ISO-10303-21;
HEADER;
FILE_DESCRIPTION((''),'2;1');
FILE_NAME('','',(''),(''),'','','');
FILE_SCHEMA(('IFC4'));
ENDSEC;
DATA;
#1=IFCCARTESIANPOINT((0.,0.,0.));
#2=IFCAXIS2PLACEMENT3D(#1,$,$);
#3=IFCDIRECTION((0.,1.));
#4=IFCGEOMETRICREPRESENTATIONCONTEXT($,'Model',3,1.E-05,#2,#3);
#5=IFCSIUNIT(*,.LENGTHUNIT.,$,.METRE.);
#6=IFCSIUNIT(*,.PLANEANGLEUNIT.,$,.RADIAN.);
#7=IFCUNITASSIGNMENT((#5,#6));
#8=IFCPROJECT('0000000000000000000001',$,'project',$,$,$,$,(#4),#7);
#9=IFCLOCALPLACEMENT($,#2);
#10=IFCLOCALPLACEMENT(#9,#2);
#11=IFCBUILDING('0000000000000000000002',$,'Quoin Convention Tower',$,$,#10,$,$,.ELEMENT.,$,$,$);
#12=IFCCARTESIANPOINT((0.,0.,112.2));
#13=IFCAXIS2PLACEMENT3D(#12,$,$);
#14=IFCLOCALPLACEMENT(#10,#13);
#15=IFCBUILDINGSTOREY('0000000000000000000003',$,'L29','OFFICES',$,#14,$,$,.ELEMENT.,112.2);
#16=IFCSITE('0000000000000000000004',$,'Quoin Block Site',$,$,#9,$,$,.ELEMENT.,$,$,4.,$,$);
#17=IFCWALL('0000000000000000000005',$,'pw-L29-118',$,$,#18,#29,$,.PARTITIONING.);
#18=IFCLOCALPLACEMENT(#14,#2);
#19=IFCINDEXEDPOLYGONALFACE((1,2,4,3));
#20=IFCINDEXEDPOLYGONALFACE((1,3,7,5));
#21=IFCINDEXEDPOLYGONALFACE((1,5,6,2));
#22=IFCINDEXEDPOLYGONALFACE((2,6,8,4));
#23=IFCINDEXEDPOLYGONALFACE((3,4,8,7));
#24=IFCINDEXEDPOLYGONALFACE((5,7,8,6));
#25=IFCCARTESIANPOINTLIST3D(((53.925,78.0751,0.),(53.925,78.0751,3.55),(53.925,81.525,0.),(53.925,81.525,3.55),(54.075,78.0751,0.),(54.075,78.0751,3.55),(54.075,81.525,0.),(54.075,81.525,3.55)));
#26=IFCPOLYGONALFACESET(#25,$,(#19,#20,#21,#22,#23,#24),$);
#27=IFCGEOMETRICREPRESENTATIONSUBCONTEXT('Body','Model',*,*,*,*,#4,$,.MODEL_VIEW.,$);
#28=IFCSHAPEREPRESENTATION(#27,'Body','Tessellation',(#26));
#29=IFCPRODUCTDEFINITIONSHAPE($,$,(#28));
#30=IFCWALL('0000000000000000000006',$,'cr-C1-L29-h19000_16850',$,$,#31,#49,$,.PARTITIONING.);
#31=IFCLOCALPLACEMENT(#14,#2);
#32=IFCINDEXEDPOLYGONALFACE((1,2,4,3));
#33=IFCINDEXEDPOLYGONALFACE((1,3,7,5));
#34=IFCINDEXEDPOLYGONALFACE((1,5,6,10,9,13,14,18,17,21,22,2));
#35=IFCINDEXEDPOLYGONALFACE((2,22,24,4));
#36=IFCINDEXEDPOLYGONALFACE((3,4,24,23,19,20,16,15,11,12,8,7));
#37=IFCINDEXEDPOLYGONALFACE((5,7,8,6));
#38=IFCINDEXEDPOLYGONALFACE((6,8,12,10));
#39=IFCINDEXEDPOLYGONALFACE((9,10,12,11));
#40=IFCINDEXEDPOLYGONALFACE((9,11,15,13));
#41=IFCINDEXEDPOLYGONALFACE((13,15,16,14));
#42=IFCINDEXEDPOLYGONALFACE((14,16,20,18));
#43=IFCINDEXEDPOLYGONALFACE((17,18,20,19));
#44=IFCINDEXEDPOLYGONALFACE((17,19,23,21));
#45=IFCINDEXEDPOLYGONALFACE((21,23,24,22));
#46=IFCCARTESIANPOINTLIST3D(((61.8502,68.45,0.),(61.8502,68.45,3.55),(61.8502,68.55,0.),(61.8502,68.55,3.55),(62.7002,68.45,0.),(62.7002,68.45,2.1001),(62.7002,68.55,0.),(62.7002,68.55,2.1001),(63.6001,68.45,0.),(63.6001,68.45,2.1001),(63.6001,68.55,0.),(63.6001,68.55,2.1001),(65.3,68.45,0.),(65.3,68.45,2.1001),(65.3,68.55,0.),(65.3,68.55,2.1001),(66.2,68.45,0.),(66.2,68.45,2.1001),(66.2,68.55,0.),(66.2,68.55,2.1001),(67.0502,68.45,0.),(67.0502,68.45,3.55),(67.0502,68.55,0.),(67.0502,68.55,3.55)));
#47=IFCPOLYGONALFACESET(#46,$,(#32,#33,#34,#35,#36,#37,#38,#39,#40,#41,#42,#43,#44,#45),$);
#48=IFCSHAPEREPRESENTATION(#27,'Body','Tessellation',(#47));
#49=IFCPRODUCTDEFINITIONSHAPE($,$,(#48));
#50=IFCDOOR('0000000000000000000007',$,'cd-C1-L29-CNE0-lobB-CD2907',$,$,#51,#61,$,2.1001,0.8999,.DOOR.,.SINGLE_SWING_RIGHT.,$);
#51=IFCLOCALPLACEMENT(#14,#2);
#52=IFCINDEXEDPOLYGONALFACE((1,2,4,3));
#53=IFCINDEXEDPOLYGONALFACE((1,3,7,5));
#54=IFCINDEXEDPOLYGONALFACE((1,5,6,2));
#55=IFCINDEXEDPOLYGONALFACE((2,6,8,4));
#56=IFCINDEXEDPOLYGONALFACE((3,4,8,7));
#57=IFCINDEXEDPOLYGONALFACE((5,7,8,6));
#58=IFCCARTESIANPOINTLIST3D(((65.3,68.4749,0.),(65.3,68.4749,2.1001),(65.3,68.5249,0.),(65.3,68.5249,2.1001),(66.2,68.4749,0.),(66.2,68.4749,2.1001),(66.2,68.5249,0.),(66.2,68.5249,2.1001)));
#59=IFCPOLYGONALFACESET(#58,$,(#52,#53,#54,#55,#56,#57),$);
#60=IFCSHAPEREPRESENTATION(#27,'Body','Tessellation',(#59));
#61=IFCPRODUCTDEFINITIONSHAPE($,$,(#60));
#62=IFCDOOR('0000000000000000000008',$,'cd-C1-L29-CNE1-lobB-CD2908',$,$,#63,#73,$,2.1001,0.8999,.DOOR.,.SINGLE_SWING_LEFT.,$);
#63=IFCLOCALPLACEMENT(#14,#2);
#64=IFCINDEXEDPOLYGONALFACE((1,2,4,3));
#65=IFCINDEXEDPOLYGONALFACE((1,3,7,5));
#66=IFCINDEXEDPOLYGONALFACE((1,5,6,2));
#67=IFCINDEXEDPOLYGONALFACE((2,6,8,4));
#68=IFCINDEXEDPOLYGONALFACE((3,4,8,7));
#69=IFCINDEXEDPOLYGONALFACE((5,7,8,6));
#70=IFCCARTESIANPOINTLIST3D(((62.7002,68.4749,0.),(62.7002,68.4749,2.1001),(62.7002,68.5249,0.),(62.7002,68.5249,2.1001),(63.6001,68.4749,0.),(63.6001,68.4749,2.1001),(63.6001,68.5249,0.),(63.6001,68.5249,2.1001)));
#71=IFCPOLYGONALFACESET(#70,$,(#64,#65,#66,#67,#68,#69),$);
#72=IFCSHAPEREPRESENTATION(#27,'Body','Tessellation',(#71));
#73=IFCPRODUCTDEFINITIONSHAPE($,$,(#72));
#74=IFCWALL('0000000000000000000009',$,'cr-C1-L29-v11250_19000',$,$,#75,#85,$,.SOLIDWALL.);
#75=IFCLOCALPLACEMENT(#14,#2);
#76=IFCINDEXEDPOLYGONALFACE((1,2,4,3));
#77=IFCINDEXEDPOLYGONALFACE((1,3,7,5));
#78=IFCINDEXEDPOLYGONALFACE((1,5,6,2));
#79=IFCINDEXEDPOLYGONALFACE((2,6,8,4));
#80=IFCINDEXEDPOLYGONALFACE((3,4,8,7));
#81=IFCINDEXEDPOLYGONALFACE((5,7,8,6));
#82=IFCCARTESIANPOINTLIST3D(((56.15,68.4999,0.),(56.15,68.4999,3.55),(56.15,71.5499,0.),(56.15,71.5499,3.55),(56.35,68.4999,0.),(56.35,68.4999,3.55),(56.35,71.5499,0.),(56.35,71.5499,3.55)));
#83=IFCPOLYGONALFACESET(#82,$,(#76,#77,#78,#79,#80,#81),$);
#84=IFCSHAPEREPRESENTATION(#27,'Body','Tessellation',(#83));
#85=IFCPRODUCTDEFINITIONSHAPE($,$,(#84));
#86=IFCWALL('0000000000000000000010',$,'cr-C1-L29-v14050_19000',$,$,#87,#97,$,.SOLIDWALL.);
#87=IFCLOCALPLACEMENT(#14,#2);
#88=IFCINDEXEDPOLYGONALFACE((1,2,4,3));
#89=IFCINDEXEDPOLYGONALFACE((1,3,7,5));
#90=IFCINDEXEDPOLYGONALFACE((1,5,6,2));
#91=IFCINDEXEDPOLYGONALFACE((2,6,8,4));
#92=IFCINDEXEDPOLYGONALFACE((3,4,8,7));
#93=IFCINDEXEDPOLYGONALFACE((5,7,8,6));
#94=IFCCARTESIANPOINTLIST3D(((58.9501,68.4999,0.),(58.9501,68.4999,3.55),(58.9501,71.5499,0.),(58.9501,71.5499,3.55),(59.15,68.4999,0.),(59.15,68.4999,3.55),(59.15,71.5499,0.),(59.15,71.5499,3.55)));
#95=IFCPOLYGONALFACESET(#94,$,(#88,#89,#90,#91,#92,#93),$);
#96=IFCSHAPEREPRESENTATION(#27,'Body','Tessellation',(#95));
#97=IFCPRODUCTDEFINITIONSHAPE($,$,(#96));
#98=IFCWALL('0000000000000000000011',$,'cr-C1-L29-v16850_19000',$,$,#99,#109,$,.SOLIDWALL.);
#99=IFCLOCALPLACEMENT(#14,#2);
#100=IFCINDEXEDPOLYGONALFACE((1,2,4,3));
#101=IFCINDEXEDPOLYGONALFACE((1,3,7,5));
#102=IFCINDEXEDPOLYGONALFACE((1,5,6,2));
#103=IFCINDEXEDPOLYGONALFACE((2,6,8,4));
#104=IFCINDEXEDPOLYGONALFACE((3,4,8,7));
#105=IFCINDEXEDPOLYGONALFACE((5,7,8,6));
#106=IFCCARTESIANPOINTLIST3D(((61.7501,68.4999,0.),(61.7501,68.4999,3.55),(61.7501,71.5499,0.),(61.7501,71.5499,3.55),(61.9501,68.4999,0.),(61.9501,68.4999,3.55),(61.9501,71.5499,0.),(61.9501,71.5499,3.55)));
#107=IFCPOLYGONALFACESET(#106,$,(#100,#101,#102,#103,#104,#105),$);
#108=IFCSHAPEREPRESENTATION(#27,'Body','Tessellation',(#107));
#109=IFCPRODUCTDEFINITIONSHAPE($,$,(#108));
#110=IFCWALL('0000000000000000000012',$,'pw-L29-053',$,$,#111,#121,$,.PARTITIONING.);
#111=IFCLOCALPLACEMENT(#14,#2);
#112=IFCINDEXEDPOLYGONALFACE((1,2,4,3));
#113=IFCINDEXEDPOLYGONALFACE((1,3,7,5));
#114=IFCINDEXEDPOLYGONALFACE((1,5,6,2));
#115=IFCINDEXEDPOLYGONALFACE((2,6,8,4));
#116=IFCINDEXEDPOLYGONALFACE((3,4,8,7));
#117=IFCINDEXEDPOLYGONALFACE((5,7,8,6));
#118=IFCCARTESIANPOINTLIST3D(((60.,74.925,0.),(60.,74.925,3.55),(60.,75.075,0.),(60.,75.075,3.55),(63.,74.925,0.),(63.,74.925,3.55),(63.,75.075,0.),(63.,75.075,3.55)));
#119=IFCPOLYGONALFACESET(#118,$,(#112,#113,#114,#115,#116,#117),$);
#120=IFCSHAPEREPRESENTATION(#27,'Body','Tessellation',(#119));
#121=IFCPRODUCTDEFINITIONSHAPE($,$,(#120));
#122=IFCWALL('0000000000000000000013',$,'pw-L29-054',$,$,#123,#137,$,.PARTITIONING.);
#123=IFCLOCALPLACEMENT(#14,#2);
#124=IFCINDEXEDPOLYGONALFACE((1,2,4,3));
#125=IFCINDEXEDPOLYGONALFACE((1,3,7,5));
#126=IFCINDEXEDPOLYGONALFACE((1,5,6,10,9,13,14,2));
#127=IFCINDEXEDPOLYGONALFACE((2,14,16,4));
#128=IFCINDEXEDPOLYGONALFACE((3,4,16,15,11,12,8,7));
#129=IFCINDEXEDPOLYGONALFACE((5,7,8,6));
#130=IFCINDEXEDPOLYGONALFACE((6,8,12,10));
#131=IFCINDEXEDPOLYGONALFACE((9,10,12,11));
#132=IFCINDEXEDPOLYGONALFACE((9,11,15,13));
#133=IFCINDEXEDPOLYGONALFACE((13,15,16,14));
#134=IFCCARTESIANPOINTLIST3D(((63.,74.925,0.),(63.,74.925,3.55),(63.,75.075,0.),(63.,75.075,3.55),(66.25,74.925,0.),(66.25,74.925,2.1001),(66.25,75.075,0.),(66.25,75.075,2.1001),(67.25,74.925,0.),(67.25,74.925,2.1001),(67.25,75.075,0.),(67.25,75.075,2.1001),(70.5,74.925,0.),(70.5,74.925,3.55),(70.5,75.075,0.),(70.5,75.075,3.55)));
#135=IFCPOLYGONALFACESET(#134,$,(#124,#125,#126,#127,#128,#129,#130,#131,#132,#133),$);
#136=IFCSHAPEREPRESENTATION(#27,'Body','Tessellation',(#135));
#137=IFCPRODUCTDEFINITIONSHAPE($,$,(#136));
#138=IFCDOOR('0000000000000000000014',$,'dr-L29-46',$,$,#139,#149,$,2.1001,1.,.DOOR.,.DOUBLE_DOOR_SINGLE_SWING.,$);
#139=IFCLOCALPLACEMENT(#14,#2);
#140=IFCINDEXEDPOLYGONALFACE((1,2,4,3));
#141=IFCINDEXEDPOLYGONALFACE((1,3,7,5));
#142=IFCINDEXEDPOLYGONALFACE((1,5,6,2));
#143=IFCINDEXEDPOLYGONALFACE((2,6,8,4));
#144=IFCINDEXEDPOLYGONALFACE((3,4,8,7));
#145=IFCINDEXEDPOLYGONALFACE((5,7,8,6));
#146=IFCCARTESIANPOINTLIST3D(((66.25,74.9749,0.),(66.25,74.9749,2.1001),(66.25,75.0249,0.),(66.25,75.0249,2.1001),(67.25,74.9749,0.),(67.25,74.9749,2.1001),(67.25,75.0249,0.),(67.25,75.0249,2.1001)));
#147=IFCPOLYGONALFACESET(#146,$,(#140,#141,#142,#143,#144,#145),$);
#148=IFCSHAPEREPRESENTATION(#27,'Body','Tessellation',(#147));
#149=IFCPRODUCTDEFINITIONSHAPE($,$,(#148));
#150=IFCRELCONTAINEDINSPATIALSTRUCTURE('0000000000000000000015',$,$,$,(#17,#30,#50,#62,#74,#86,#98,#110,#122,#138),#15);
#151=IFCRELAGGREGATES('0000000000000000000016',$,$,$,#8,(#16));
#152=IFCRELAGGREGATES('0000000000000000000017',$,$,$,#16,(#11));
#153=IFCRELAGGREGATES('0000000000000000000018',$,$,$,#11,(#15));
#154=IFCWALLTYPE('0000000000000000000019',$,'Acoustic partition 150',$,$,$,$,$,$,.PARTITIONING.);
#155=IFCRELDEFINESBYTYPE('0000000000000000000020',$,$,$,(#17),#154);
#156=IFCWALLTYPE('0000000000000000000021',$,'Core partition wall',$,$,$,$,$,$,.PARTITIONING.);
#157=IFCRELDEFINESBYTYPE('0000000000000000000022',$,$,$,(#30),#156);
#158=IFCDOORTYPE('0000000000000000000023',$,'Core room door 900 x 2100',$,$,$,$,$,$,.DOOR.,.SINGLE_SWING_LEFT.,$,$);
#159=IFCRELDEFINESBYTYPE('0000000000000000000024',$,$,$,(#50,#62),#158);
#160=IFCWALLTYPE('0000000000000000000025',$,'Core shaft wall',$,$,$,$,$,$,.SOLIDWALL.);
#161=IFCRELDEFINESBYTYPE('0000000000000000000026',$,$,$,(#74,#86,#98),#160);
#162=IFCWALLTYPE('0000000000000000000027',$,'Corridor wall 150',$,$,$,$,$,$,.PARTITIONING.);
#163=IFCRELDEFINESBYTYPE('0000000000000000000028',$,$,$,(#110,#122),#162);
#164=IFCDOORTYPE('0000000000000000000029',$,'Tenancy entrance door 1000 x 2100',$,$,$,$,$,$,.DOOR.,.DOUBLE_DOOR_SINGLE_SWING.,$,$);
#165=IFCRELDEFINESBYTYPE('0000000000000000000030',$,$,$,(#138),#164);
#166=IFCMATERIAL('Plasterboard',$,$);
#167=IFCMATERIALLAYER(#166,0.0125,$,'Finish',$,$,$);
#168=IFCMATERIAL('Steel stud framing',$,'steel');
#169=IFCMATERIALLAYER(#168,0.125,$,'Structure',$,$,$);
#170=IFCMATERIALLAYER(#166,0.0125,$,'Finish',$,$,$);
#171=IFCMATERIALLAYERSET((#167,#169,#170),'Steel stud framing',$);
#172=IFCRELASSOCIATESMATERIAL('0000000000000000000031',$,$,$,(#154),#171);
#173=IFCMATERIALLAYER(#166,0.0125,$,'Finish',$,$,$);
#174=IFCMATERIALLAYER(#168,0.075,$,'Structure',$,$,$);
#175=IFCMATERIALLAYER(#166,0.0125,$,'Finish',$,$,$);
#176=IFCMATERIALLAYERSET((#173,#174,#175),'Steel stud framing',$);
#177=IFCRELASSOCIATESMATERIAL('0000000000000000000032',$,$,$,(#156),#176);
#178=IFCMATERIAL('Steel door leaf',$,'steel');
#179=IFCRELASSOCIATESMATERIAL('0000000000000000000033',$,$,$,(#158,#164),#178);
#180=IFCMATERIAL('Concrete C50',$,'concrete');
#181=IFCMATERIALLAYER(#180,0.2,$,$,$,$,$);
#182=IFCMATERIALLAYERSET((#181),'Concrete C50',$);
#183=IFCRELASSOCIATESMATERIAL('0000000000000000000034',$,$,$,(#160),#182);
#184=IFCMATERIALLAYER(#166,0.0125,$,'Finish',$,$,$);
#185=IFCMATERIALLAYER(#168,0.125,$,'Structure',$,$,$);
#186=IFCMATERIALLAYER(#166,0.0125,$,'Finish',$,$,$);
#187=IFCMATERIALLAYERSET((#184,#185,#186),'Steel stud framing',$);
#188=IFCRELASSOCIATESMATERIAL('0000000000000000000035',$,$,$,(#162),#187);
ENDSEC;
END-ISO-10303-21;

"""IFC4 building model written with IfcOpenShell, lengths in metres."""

from ifc_helpers import new_model, si_unit, direction, frame, frame_2d, origin, place, context, subcontext, project, spatial, rectangle, extrude, material, layer, layer_set, type_object, element, fill, save


model = new_model("IFC4")

# Units and contexts
model_context = context("Model", 3, precision=1e-05, world=origin(), true_north=direction((0.0, 1.0)))
body_context = subcontext(model_context, "Body", "Model", "MODEL_VIEW")
ifc_project = project(units=[si_unit("LENGTHUNIT", "METRE"), si_unit("PLANEANGLEUNIT", "RADIAN")], contexts=[model_context])

# Site, building, storey
site_placement = place(None, origin())
site = spatial("IfcSite", under=ifc_project, at=site_placement, Name="Quoin Block Site", CompositionType="ELEMENT", RefElevation=4.0)
building_placement = place(site_placement, origin())
building = spatial("IfcBuilding", under=site, at=building_placement, Name="Quoin Convention Tower", CompositionType="ELEMENT")
storey_placement = place(building_placement, frame((0.0, 0.0, 112.2)))
storey = spatial("IfcBuildingStorey", under=building, at=storey_placement, Name="L29", Description="OFFICES", CompositionType="ELEMENT", Elevation=112.2)

# Shared definitions
ifc_material_1 = material(Name="Plasterboard")
ifc_layer_1 = layer(ifc_material_1, 0.0125, Name="Finish")
ifc_material_2 = material(Name="Steel stud framing", Category="steel")
ifc_layer_2 = layer(ifc_material_2, 0.125, Name="Structure")
ifc_layer_3 = layer(ifc_material_1, 0.0125, Name="Finish")
ifc_layer_set_1 = layer_set([ifc_layer_1, ifc_layer_2, ifc_layer_3], Name="Steel stud framing")
wall_type_1 = type_object("IfcWallType", Name="Acoustic partition 150", PredefinedType="PARTITIONING", material=ifc_layer_set_1)
ifc_material_3 = material(Name="Steel door leaf", Category="steel")

# Wall
for number, where, z_axis, x_axis, name in (
    (1, (54.0, 78.075, 0.0), (0.0, 0.0, 1.0), (0.0, 1.0, 0.0), "pw-L29-118"),
):
    element("IfcWall", number, at=place(storey_placement, frame(where, z_axis=z_axis, x_axis=x_axis)), inside=storey, type_object=wall_type_1, Name=name, PredefinedType="PARTITIONING", context=body_context, shape_type="SweptSolid", body=[
        extrude(rectangle(XDim=3.45, YDim=0.1499, at=frame_2d((1.7251, 0.0))), origin(), (0.0, 0.0, 1.0), 3.55),
    ])

# Wall, openings, doors
ifc_layer_4 = layer(ifc_material_1, 0.0125, Name="Finish")
ifc_layer_5 = layer(ifc_material_2, 0.075, Name="Structure")
ifc_layer_6 = layer(ifc_material_1, 0.0125, Name="Finish")
ifc_layer_set_2 = layer_set([ifc_layer_4, ifc_layer_5, ifc_layer_6], Name="Steel stud framing")
wall_type_2 = type_object("IfcWallType", Name="Core partition wall", PredefinedType="PARTITIONING", material=ifc_layer_set_2)
wall_1_placement = place(storey_placement, frame((61.8501, 68.5, 0.0), z_axis=(0.0, 0.0, 1.0), x_axis=(1.0, 0.0, 0.0)))
wall_1 = element("IfcWall", 2, at=wall_1_placement, inside=storey, type_object=wall_type_2, Name="cr-C1-L29-h19000_16850", PredefinedType="PARTITIONING", context=body_context, shape_type="SweptSolid", body=[
    extrude(rectangle(XDim=5.2, YDim=0.1001, at=frame_2d((2.6001, 0.0))), origin(), (0.0, 0.0, 1.0), 3.55),
])
opening_1_placement = place(wall_1_placement, frame((3.45, 0.0, 0.0)))
opening_1 = element("IfcOpeningElement", 3, at=opening_1_placement, cuts=wall_1, PredefinedType="OPENING", context=body_context, shape_type="SweptSolid", body=[
    extrude(rectangle(XDim=0.8999, YDim=2.1001, at=frame_2d((0.45, 1.05))), frame((0.0, 0.0601, 0.0), z_axis=(0.0, -1.0, 0.0), x_axis=(1.0, 0.0, 0.0)), (0.0, 0.0, 1.0), 0.1201),
])
opening_2_placement = place(wall_1_placement, frame((0.8501, 0.0, 0.0)))
opening_2 = element("IfcOpeningElement", 4, at=opening_2_placement, cuts=wall_1, PredefinedType="OPENING", context=body_context, shape_type="SweptSolid", body=[
    extrude(rectangle(XDim=0.8999, YDim=2.1001, at=frame_2d((0.45, 1.05))), frame((0.0, 0.0601, 0.0), z_axis=(0.0, -1.0, 0.0), x_axis=(1.0, 0.0, 0.0)), (0.0, 0.0, 1.0), 0.1201),
])
door_type_1 = type_object("IfcDoorType", Name="Core room door 900 x 2100", OperationType="SINGLE_SWING_LEFT", PredefinedType="DOOR", material=ifc_material_3)
door_1_placement = place(opening_1_placement, origin())
door_1 = element("IfcDoor", 5, at=door_1_placement, inside=storey, type_object=door_type_1, Name="cd-C1-L29-CNE0-lobB-CD2907", OperationType="SINGLE_SWING_RIGHT", OverallHeight=2.1001, OverallWidth=0.8999, PredefinedType="DOOR", context=body_context, shape_type="SweptSolid", body=[
    extrude(rectangle(XDim=0.8999, YDim=2.1001, at=frame_2d((0.45, 1.05))), frame((0.0, 0.0249, 0.0), z_axis=(0.0, -1.0, 0.0), x_axis=(1.0, 0.0, 0.0)), (0.0, 0.0, 1.0), 0.05),
])
fill(opening_1, door_1)
door_2_placement = place(opening_2_placement, origin())
door_2 = element("IfcDoor", 6, at=door_2_placement, inside=storey, type_object=door_type_1, Name="cd-C1-L29-CNE1-lobB-CD2908", OperationType="SINGLE_SWING_LEFT", OverallHeight=2.1001, OverallWidth=0.8999, PredefinedType="DOOR", context=body_context, shape_type="SweptSolid", body=[
    extrude(rectangle(XDim=0.8999, YDim=2.1001, at=frame_2d((0.45, 1.05))), frame((0.0, 0.0249, 0.0), z_axis=(0.0, -1.0, 0.0), x_axis=(1.0, 0.0, 0.0)), (0.0, 0.0, 1.0), 0.05),
])
fill(opening_2, door_2)

# Walls
ifc_material_4 = material(Name="Concrete C50", Category="concrete")
ifc_layer_7 = layer(ifc_material_4, 0.2)
ifc_layer_set_3 = layer_set([ifc_layer_7], Name="Concrete C50")
wall_type_3 = type_object("IfcWallType", Name="Core shaft wall", PredefinedType="SOLIDWALL", material=ifc_layer_set_3)
for number, where, z_axis, x_axis, name in (
    (7, (56.25, 68.5, 0.0), (0.0, 0.0, 1.0), (0.0, 1.0, 0.0), "cr-C1-L29-v11250_19000"),
    (8, (59.05, 68.5, 0.0), (0.0, 0.0, 1.0), (0.0, 1.0, 0.0), "cr-C1-L29-v14050_19000"),
    (9, (61.8501, 68.5, 0.0), (0.0, 0.0, 1.0), (0.0, 1.0, 0.0), "cr-C1-L29-v16850_19000"),
):
    element("IfcWall", number, at=place(storey_placement, frame(where, z_axis=z_axis, x_axis=x_axis)), inside=storey, type_object=wall_type_3, Name=name, PredefinedType="SOLIDWALL", context=body_context, shape_type="SweptSolid", body=[
        extrude(rectangle(XDim=3.05, YDim=0.2, at=frame_2d((1.5249, 0.0))), origin(), (0.0, 0.0, 1.0), 3.55),
    ])
ifc_layer_8 = layer(ifc_material_1, 0.0125, Name="Finish")
ifc_layer_9 = layer(ifc_material_2, 0.125, Name="Structure")
ifc_layer_10 = layer(ifc_material_1, 0.0125, Name="Finish")
ifc_layer_set_4 = layer_set([ifc_layer_8, ifc_layer_9, ifc_layer_10], Name="Steel stud framing")
wall_type_4 = type_object("IfcWallType", Name="Corridor wall 150", PredefinedType="PARTITIONING", material=ifc_layer_set_4)
wall_2_placement = place(storey_placement, frame((60.0, 75.0, 0.0), z_axis=(0.0, 0.0, 1.0), x_axis=(1.0, 0.0, 0.0)))
element("IfcWall", 10, at=wall_2_placement, inside=storey, type_object=wall_type_4, Name="pw-L29-053", PredefinedType="PARTITIONING", context=body_context, shape_type="SweptSolid", body=[
    extrude(rectangle(XDim=3.0, YDim=0.1499, at=frame_2d((1.5, 0.0))), origin(), (0.0, 0.0, 1.0), 3.55),
])

# Wall, opening, door
wall_3_placement = place(storey_placement, frame((63.0, 75.0, 0.0), z_axis=(0.0, 0.0, 1.0), x_axis=(1.0, 0.0, 0.0)))
wall_3 = element("IfcWall", 11, at=wall_3_placement, inside=storey, type_object=wall_type_4, Name="pw-L29-054", PredefinedType="PARTITIONING", context=body_context, shape_type="SweptSolid", body=[
    extrude(rectangle(XDim=7.5, YDim=0.1499, at=frame_2d((3.75, 0.0))), origin(), (0.0, 0.0, 1.0), 3.55),
])
opening_3_placement = place(wall_3_placement, frame((3.25, 0.0, 0.0)))
opening_3 = element("IfcOpeningElement", 12, at=opening_3_placement, cuts=wall_3, PredefinedType="OPENING", context=body_context, shape_type="SweptSolid", body=[
    extrude(rectangle(XDim=1.0, YDim=2.1001, at=frame_2d((0.5, 1.05))), frame((0.0, 0.085, 0.0), z_axis=(0.0, -1.0, 0.0), x_axis=(1.0, 0.0, 0.0)), (0.0, 0.0, 1.0), 0.1699),
])
door_type_2 = type_object("IfcDoorType", Name="Tenancy entrance door 1000 x 2100", OperationType="DOUBLE_DOOR_SINGLE_SWING", PredefinedType="DOOR", material=ifc_material_3)
door_3_placement = place(opening_3_placement, origin())
door_3 = element("IfcDoor", 13, at=door_3_placement, inside=storey, type_object=door_type_2, Name="dr-L29-46", OperationType="DOUBLE_DOOR_SINGLE_SWING", OverallHeight=2.1001, OverallWidth=1.0, PredefinedType="DOOR", context=body_context, shape_type="SweptSolid", body=[
    extrude(rectangle(XDim=1.0, YDim=2.1001, at=frame_2d((0.5, 1.05))), frame((0.0, 0.0249, 0.0), z_axis=(0.0, -1.0, 0.0), x_axis=(1.0, 0.0, 0.0)), (0.0, 0.0, 1.0), 0.05),
])
fill(opening_3, door_3)

save(model, "model.ifc")
